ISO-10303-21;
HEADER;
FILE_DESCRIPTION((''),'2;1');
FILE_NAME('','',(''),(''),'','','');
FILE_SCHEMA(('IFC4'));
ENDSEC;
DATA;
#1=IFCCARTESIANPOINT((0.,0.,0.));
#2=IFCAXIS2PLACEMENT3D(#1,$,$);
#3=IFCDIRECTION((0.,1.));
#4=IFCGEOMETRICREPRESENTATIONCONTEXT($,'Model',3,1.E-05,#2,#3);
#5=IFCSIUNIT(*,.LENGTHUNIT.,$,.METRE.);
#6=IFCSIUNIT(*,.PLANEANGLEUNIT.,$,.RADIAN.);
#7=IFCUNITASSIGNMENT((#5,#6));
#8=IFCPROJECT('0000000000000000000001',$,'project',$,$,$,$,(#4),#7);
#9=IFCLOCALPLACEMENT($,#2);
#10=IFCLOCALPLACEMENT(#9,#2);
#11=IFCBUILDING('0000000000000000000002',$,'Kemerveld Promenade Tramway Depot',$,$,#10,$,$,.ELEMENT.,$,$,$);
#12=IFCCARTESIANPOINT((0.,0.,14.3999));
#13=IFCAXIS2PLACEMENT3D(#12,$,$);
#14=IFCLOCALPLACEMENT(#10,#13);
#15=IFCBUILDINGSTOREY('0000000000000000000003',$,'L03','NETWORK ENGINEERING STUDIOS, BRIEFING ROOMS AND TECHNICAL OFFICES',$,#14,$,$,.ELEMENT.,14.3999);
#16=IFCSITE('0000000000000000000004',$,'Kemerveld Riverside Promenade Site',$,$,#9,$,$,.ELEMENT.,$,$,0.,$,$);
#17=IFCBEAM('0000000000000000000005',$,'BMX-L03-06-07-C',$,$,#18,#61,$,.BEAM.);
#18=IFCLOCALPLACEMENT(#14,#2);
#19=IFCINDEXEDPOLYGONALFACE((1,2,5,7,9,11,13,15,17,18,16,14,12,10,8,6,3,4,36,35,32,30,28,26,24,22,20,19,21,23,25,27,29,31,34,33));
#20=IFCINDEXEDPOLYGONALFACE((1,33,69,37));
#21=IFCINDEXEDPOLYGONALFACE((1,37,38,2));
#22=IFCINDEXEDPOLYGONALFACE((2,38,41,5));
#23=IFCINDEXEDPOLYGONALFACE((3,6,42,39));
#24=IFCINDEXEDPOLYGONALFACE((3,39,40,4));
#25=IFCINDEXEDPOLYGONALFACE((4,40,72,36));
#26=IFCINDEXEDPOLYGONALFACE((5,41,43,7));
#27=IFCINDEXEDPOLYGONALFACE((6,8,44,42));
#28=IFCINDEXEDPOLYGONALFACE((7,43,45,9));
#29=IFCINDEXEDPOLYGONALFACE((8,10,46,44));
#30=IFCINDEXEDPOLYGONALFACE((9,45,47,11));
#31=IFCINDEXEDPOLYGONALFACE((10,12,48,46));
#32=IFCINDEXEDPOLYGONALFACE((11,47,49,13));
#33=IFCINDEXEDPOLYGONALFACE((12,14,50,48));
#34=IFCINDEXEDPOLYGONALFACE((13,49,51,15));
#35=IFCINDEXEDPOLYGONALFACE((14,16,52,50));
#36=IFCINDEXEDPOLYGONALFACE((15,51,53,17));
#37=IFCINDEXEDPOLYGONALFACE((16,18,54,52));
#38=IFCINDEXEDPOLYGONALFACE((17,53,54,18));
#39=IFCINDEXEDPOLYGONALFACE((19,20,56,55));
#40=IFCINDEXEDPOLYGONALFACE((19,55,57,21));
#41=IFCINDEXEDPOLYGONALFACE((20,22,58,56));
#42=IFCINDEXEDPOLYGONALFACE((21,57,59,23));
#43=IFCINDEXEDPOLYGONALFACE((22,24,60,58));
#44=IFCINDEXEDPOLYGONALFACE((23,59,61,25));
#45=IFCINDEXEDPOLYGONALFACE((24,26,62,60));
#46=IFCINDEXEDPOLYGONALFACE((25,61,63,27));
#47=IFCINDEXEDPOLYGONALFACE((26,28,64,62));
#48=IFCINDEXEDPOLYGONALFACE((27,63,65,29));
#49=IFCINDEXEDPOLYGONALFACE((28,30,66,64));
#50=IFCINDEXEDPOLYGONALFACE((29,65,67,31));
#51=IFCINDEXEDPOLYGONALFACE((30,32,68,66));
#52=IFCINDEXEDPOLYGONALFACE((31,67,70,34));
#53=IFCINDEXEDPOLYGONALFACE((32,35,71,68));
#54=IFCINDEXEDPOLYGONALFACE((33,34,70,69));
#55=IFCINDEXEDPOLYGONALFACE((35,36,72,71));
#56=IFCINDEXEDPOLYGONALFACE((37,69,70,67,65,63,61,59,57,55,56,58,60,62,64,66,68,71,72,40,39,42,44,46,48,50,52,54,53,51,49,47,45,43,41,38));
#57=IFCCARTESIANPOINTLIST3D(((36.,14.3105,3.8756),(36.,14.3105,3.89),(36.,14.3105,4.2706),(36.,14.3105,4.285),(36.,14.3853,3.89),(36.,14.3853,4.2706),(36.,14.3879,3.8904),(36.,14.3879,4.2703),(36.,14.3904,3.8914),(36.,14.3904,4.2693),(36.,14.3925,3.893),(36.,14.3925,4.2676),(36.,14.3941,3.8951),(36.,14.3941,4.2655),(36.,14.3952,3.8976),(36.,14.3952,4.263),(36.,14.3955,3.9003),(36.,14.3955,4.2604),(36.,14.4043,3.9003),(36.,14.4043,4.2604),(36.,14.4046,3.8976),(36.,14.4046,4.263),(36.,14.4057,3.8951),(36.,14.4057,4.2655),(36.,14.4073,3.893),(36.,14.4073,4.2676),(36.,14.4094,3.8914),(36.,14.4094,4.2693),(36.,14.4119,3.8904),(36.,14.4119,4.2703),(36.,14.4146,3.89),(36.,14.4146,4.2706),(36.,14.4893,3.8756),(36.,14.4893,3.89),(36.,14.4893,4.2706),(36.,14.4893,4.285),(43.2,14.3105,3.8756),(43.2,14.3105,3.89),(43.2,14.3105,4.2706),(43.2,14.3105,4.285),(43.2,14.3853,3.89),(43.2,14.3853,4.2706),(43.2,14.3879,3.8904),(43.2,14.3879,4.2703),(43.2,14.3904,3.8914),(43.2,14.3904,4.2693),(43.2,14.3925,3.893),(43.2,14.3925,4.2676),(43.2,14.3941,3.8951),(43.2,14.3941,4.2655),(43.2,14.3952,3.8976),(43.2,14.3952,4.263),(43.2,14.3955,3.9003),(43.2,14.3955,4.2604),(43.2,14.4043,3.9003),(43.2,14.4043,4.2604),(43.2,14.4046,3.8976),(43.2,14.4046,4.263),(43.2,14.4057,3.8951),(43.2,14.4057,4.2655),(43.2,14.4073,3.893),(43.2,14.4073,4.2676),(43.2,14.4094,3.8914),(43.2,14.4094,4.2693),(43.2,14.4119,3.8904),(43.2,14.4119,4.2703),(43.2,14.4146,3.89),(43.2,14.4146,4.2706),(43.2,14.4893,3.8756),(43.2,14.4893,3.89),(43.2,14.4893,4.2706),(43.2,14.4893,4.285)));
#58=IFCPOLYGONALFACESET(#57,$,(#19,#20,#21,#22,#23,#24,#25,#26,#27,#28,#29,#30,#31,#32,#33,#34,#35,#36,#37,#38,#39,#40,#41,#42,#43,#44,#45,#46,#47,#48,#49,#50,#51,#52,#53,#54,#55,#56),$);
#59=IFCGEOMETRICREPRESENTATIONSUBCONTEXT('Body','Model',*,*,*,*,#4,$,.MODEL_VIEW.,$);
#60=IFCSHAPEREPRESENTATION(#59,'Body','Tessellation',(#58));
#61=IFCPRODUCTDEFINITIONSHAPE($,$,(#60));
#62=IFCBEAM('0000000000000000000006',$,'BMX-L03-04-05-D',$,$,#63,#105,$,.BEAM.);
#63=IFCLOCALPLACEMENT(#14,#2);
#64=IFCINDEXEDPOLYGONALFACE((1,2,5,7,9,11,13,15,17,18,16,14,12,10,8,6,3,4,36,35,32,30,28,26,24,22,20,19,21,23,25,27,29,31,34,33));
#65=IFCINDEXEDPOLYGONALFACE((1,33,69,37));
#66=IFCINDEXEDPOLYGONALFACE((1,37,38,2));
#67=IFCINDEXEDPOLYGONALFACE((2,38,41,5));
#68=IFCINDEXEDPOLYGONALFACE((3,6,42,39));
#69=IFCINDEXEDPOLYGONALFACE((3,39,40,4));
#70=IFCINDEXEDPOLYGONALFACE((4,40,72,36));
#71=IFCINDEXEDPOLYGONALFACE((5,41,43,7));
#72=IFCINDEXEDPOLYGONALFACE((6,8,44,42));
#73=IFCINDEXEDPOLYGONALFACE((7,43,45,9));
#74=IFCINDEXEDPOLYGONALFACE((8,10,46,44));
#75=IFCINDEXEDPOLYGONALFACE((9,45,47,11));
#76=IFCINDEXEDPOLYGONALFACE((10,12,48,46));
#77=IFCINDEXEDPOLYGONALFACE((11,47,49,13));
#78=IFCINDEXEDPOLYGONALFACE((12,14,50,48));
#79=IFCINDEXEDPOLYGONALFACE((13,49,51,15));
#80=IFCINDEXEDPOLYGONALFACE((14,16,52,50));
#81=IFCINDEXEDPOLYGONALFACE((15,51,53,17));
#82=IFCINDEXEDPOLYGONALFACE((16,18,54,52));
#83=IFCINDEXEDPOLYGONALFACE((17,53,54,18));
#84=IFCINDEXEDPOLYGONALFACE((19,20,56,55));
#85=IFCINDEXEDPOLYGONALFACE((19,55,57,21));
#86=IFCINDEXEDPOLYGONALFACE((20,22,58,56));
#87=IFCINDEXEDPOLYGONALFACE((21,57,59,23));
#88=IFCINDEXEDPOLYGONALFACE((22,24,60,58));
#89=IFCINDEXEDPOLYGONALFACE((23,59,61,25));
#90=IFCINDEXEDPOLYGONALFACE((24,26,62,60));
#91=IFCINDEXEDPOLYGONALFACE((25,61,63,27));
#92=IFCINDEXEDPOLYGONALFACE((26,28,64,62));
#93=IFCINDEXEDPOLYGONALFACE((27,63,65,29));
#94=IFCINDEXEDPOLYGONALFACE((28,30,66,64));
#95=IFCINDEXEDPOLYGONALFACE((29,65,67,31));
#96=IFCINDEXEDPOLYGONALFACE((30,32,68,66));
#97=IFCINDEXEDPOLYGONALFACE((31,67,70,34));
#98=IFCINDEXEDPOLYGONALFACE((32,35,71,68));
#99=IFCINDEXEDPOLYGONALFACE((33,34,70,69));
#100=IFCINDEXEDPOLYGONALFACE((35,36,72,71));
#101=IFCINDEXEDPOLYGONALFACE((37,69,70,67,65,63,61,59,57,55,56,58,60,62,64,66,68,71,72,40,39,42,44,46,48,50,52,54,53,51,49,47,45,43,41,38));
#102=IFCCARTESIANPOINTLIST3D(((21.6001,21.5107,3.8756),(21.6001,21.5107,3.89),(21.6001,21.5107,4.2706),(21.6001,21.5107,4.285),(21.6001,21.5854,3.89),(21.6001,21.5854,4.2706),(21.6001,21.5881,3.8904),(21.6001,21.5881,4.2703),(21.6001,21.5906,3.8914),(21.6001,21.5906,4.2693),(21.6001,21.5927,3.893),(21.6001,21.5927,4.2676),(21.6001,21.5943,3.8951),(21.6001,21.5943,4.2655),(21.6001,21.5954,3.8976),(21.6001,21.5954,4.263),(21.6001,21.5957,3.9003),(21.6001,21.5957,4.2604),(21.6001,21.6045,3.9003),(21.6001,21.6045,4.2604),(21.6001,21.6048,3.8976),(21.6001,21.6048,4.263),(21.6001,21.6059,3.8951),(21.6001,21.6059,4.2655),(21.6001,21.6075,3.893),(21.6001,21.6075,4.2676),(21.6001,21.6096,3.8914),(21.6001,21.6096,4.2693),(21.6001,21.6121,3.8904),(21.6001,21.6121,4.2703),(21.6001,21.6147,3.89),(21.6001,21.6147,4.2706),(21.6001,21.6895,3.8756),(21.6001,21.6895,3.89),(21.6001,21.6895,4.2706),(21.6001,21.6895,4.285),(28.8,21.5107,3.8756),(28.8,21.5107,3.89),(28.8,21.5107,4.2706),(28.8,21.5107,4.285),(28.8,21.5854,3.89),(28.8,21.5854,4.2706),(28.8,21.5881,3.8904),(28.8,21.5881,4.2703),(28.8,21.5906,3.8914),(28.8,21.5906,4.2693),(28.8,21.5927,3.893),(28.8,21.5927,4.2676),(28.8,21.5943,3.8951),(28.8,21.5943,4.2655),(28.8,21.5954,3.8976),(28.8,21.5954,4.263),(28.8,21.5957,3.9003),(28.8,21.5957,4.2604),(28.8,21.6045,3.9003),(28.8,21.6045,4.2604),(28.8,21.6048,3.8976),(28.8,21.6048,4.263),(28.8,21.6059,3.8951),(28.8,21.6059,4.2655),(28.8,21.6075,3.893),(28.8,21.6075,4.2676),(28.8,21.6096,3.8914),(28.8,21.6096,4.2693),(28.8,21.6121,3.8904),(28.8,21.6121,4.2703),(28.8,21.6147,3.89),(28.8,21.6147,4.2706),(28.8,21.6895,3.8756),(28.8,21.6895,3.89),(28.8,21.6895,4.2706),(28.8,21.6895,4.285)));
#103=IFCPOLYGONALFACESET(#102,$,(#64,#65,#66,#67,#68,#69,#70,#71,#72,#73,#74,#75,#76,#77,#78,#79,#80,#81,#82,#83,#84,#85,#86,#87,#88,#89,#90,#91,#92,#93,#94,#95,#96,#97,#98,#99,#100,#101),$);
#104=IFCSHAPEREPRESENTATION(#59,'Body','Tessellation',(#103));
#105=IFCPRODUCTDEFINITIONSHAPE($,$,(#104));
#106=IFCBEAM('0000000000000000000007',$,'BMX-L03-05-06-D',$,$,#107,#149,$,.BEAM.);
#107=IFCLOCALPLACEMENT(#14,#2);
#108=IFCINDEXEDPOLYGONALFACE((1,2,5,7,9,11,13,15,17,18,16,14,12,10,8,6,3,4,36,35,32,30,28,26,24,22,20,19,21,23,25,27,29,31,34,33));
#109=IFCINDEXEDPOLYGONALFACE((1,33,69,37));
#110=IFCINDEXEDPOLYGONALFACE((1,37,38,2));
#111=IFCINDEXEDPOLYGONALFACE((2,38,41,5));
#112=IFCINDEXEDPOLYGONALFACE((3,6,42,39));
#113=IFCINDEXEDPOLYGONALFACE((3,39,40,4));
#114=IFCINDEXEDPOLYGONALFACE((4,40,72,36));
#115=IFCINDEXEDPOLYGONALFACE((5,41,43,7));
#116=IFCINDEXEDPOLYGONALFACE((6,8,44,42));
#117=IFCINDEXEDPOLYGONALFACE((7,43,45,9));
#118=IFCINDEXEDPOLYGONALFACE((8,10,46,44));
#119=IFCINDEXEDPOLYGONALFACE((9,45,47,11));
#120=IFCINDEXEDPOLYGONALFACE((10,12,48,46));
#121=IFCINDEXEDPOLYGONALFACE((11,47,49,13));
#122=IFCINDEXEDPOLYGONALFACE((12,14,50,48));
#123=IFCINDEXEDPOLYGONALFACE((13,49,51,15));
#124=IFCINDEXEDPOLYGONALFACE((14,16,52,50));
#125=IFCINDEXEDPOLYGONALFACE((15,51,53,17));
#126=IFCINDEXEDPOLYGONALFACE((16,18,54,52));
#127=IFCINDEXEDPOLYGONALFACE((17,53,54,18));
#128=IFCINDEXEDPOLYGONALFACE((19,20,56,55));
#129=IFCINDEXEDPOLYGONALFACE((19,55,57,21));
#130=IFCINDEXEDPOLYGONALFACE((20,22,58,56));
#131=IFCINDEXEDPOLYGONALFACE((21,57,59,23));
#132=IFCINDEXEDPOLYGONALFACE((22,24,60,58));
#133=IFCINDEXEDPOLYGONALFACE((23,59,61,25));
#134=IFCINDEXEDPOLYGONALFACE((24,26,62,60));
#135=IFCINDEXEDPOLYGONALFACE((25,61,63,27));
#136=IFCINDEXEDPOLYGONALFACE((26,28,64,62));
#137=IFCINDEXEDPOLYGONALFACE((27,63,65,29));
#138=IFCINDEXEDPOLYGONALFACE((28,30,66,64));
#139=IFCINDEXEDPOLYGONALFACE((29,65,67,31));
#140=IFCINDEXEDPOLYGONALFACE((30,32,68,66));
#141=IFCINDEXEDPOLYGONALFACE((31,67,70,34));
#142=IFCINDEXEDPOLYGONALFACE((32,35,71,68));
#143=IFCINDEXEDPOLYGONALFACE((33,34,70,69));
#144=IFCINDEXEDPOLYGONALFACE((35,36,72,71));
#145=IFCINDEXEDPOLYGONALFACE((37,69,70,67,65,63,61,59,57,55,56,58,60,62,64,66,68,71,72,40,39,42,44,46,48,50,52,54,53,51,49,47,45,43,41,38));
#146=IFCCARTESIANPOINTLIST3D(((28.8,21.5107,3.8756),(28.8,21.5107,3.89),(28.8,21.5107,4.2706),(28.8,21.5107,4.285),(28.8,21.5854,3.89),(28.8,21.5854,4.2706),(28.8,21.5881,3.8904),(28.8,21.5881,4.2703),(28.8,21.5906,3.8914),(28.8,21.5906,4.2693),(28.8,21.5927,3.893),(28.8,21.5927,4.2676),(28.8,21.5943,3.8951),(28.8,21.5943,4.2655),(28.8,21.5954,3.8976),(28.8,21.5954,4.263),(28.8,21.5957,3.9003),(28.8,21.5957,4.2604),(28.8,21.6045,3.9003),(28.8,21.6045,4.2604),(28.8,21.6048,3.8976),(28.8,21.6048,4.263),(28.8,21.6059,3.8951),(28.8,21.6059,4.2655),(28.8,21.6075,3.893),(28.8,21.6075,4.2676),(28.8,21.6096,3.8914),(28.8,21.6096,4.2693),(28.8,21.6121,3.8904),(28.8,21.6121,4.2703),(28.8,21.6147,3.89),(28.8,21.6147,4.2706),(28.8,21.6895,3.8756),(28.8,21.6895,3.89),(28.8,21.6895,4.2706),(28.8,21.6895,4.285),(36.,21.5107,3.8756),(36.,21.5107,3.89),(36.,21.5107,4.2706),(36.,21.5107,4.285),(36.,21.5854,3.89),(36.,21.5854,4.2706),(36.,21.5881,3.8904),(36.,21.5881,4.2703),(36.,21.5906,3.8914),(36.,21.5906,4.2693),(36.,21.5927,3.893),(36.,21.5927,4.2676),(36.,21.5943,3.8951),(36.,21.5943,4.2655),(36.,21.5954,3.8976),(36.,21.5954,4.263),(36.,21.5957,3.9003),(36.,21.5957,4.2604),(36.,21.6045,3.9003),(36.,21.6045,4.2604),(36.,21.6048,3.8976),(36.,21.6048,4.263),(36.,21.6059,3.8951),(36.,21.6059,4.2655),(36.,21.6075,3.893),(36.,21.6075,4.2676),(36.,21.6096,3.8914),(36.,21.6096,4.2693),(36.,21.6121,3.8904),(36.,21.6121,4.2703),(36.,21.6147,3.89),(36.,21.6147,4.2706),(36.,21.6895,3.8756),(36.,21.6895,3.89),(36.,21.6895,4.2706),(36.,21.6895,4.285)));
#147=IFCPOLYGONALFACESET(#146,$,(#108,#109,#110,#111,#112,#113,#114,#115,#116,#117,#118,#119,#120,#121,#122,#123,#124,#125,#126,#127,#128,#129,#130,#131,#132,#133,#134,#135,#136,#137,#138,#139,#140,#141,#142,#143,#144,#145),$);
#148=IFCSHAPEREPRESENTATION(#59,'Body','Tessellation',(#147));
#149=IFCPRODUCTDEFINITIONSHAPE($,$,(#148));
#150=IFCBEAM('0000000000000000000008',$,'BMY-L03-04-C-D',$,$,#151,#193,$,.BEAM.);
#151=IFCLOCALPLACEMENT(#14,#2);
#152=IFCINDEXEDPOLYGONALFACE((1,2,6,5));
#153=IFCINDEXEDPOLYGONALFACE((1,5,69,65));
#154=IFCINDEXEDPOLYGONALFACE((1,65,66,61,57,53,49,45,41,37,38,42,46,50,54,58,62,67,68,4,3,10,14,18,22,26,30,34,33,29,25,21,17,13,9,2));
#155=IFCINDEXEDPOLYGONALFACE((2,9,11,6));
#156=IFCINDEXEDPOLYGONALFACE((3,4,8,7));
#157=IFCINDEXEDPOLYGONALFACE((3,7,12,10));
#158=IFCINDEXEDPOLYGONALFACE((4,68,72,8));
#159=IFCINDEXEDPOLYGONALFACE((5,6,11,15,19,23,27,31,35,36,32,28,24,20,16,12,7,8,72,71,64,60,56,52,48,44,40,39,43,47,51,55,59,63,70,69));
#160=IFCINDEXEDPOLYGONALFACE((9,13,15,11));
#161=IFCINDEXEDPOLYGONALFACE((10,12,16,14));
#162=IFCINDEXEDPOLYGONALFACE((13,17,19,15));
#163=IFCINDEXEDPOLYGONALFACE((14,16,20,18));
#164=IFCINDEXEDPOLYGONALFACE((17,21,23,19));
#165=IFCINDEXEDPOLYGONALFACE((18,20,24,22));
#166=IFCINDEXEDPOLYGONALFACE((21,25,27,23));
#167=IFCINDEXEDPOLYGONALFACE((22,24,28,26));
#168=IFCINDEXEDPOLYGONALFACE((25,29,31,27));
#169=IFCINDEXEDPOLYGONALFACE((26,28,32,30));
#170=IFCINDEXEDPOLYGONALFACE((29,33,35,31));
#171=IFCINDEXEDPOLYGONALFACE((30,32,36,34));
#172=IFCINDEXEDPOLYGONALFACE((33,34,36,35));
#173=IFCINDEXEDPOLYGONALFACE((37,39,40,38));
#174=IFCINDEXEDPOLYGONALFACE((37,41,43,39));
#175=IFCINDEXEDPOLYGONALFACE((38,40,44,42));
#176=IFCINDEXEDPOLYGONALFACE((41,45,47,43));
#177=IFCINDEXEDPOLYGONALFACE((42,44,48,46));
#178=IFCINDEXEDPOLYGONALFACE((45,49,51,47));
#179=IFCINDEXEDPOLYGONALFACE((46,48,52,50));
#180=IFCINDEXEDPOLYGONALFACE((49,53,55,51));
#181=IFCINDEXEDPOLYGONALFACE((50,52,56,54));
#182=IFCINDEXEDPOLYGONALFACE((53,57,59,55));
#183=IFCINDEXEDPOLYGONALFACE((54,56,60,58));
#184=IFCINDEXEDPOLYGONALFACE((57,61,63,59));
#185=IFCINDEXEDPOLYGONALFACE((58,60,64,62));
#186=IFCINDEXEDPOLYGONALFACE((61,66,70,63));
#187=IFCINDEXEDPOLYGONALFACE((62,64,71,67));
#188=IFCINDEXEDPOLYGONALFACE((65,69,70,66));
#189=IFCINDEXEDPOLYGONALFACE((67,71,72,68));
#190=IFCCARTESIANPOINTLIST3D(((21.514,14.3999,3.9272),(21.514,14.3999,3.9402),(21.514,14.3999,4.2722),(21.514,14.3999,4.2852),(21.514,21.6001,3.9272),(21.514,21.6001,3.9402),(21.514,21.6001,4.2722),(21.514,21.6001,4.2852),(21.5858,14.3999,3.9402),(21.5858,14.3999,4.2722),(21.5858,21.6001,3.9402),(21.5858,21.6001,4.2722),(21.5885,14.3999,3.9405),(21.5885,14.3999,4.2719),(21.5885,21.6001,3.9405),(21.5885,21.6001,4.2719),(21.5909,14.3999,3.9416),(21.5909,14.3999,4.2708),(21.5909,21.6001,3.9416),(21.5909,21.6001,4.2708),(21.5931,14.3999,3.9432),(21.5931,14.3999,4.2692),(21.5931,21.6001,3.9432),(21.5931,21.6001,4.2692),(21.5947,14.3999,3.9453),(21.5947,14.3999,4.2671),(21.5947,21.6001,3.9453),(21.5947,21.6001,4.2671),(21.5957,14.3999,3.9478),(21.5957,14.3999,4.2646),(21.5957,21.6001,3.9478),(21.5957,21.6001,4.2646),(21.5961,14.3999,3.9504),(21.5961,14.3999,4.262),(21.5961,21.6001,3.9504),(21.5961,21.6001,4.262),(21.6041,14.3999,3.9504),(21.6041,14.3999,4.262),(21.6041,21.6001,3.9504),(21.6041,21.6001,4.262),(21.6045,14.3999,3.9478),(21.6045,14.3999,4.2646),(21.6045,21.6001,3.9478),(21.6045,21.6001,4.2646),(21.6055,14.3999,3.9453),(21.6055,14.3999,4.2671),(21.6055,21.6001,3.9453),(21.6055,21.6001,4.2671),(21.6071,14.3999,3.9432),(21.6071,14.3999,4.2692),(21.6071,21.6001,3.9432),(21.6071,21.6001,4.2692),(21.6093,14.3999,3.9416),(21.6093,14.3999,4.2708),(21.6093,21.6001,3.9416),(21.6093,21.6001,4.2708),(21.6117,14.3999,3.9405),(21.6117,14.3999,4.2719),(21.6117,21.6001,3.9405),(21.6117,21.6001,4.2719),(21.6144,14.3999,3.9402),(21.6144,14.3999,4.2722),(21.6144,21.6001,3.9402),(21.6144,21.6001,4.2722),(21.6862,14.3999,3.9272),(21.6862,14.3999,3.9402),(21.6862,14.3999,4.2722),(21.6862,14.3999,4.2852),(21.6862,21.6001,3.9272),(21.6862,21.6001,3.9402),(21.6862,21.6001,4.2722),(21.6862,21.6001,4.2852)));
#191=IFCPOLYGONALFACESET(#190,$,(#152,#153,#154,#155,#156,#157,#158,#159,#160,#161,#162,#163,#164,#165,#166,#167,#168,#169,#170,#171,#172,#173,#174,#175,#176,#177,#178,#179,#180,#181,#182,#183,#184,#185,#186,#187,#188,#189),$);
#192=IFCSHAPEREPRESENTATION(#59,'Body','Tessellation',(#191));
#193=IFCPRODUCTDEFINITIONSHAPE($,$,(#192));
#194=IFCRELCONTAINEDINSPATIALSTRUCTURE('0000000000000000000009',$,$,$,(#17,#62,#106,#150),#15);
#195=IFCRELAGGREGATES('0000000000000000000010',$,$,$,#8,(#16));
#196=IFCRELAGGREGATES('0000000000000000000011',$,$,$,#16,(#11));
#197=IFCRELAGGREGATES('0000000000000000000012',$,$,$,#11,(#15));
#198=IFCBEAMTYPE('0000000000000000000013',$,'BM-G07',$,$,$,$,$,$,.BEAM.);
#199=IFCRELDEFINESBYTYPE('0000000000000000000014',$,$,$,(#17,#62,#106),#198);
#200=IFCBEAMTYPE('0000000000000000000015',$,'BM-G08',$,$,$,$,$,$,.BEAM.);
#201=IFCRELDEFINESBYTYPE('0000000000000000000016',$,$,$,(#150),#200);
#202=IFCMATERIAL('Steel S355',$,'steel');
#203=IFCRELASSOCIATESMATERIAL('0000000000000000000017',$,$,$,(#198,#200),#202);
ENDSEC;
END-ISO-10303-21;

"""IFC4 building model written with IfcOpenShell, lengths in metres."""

from ifc_helpers import new_model, si_unit, direction, frame, origin, origin_2d, place, context, subcontext, project, spatial, i_section, extrude, material, material_profile, profile_set, type_object, element, save


model = new_model("IFC4")

# Units and contexts
model_context = context("Model", 3, precision=1e-05, world=origin(), true_north=direction((0.0, 1.0)))
body_context = subcontext(model_context, "Body", "Model", "MODEL_VIEW")
ifc_project = project(units=[si_unit("LENGTHUNIT", "METRE"), si_unit("PLANEANGLEUNIT", "RADIAN")], contexts=[model_context])

# Site, building, storey
site_placement = place(None, origin())
site = spatial("IfcSite", under=ifc_project, at=site_placement, Name="Kemerveld Riverside Promenade Site", CompositionType="ELEMENT", RefElevation=0.0)
building_placement = place(site_placement, origin())
building = spatial("IfcBuilding", under=site, at=building_placement, Name="Kemerveld Promenade Tramway Depot", CompositionType="ELEMENT")
storey_placement = place(building_placement, frame((0.0, 0.0, 14.3999)))
storey = spatial("IfcBuildingStorey", under=building, at=storey_placement, Name="L03", Description="NETWORK ENGINEERING STUDIOS, BRIEFING ROOMS AND TECHNICAL OFFICES", CompositionType="ELEMENT", Elevation=14.3999)

# Shared definitions
ifc_material = material(Name="Steel S355", Category="steel")

# Beams
ifc_material_profile_1 = material_profile(ifc_material, i_section(OverallWidth=0.1787, OverallDepth=0.4094, WebThickness=0.0088, FlangeThickness=0.0144, FilletRadius=0.0103, at=origin_2d()), Name="406x178x67 UB")
ifc_profile_set_1 = profile_set([ifc_material_profile_1], Name="Steel S355")
beam_type_1 = type_object("IfcBeamType", Name="BM-G07", PredefinedType="BEAM", material=ifc_profile_set_1)
for number, where, z_axis, x_axis, name in (
    (1, (36.0, 14.3999, 4.0803), (1.0, 0.0, 0.0), (0.0, 1.0, 0.0), "BMX-L03-06-07-C"),
    (2, (21.6001, 21.6001, 4.0803), (1.0, 0.0, 0.0), (0.0, 1.0, 0.0), "BMX-L03-04-05-D"),
    (3, (28.8, 21.6001, 4.0803), (1.0, 0.0, 0.0), (0.0, 1.0, 0.0), "BMX-L03-05-06-D"),
):
    element("IfcBeam", number, at=place(storey_placement, frame(where, z_axis=z_axis, x_axis=x_axis)), inside=storey, type_object=beam_type_1, Name=name, PredefinedType="BEAM", context=body_context, shape_type="SweptSolid", body=[
        extrude(i_section(OverallWidth=0.1787, OverallDepth=0.4094, WebThickness=0.0088, FlangeThickness=0.0144, FilletRadius=0.0103, at=origin_2d()), origin(), (0.0, 0.0, 1.0), 7.2),
    ])
ifc_material_profile_2 = material_profile(ifc_material, i_section(OverallWidth=0.1721, OverallDepth=0.3579, WebThickness=0.0081, FlangeThickness=0.0129, FilletRadius=0.0103, at=origin_2d()), Name="356x171x57 UB")
ifc_profile_set_2 = profile_set([ifc_material_profile_2], Name="Steel S355")
beam_type_2 = type_object("IfcBeamType", Name="BM-G08", PredefinedType="BEAM", material=ifc_profile_set_2)
beam_1_placement = place(storey_placement, frame((21.6001, 14.3999, 4.1062), z_axis=(0.0, 1.0, 0.0), x_axis=(-1.0, 0.0, 0.0)))
element("IfcBeam", 4, at=beam_1_placement, inside=storey, type_object=beam_type_2, Name="BMY-L03-04-C-D", PredefinedType="BEAM", context=body_context, shape_type="SweptSolid", body=[
    extrude(i_section(OverallWidth=0.1721, OverallDepth=0.3579, WebThickness=0.0081, FlangeThickness=0.0129, FilletRadius=0.0103, at=origin_2d()), origin(), (0.0, 0.0, 1.0), 7.2002),
])

save(model, "model.ifc")
